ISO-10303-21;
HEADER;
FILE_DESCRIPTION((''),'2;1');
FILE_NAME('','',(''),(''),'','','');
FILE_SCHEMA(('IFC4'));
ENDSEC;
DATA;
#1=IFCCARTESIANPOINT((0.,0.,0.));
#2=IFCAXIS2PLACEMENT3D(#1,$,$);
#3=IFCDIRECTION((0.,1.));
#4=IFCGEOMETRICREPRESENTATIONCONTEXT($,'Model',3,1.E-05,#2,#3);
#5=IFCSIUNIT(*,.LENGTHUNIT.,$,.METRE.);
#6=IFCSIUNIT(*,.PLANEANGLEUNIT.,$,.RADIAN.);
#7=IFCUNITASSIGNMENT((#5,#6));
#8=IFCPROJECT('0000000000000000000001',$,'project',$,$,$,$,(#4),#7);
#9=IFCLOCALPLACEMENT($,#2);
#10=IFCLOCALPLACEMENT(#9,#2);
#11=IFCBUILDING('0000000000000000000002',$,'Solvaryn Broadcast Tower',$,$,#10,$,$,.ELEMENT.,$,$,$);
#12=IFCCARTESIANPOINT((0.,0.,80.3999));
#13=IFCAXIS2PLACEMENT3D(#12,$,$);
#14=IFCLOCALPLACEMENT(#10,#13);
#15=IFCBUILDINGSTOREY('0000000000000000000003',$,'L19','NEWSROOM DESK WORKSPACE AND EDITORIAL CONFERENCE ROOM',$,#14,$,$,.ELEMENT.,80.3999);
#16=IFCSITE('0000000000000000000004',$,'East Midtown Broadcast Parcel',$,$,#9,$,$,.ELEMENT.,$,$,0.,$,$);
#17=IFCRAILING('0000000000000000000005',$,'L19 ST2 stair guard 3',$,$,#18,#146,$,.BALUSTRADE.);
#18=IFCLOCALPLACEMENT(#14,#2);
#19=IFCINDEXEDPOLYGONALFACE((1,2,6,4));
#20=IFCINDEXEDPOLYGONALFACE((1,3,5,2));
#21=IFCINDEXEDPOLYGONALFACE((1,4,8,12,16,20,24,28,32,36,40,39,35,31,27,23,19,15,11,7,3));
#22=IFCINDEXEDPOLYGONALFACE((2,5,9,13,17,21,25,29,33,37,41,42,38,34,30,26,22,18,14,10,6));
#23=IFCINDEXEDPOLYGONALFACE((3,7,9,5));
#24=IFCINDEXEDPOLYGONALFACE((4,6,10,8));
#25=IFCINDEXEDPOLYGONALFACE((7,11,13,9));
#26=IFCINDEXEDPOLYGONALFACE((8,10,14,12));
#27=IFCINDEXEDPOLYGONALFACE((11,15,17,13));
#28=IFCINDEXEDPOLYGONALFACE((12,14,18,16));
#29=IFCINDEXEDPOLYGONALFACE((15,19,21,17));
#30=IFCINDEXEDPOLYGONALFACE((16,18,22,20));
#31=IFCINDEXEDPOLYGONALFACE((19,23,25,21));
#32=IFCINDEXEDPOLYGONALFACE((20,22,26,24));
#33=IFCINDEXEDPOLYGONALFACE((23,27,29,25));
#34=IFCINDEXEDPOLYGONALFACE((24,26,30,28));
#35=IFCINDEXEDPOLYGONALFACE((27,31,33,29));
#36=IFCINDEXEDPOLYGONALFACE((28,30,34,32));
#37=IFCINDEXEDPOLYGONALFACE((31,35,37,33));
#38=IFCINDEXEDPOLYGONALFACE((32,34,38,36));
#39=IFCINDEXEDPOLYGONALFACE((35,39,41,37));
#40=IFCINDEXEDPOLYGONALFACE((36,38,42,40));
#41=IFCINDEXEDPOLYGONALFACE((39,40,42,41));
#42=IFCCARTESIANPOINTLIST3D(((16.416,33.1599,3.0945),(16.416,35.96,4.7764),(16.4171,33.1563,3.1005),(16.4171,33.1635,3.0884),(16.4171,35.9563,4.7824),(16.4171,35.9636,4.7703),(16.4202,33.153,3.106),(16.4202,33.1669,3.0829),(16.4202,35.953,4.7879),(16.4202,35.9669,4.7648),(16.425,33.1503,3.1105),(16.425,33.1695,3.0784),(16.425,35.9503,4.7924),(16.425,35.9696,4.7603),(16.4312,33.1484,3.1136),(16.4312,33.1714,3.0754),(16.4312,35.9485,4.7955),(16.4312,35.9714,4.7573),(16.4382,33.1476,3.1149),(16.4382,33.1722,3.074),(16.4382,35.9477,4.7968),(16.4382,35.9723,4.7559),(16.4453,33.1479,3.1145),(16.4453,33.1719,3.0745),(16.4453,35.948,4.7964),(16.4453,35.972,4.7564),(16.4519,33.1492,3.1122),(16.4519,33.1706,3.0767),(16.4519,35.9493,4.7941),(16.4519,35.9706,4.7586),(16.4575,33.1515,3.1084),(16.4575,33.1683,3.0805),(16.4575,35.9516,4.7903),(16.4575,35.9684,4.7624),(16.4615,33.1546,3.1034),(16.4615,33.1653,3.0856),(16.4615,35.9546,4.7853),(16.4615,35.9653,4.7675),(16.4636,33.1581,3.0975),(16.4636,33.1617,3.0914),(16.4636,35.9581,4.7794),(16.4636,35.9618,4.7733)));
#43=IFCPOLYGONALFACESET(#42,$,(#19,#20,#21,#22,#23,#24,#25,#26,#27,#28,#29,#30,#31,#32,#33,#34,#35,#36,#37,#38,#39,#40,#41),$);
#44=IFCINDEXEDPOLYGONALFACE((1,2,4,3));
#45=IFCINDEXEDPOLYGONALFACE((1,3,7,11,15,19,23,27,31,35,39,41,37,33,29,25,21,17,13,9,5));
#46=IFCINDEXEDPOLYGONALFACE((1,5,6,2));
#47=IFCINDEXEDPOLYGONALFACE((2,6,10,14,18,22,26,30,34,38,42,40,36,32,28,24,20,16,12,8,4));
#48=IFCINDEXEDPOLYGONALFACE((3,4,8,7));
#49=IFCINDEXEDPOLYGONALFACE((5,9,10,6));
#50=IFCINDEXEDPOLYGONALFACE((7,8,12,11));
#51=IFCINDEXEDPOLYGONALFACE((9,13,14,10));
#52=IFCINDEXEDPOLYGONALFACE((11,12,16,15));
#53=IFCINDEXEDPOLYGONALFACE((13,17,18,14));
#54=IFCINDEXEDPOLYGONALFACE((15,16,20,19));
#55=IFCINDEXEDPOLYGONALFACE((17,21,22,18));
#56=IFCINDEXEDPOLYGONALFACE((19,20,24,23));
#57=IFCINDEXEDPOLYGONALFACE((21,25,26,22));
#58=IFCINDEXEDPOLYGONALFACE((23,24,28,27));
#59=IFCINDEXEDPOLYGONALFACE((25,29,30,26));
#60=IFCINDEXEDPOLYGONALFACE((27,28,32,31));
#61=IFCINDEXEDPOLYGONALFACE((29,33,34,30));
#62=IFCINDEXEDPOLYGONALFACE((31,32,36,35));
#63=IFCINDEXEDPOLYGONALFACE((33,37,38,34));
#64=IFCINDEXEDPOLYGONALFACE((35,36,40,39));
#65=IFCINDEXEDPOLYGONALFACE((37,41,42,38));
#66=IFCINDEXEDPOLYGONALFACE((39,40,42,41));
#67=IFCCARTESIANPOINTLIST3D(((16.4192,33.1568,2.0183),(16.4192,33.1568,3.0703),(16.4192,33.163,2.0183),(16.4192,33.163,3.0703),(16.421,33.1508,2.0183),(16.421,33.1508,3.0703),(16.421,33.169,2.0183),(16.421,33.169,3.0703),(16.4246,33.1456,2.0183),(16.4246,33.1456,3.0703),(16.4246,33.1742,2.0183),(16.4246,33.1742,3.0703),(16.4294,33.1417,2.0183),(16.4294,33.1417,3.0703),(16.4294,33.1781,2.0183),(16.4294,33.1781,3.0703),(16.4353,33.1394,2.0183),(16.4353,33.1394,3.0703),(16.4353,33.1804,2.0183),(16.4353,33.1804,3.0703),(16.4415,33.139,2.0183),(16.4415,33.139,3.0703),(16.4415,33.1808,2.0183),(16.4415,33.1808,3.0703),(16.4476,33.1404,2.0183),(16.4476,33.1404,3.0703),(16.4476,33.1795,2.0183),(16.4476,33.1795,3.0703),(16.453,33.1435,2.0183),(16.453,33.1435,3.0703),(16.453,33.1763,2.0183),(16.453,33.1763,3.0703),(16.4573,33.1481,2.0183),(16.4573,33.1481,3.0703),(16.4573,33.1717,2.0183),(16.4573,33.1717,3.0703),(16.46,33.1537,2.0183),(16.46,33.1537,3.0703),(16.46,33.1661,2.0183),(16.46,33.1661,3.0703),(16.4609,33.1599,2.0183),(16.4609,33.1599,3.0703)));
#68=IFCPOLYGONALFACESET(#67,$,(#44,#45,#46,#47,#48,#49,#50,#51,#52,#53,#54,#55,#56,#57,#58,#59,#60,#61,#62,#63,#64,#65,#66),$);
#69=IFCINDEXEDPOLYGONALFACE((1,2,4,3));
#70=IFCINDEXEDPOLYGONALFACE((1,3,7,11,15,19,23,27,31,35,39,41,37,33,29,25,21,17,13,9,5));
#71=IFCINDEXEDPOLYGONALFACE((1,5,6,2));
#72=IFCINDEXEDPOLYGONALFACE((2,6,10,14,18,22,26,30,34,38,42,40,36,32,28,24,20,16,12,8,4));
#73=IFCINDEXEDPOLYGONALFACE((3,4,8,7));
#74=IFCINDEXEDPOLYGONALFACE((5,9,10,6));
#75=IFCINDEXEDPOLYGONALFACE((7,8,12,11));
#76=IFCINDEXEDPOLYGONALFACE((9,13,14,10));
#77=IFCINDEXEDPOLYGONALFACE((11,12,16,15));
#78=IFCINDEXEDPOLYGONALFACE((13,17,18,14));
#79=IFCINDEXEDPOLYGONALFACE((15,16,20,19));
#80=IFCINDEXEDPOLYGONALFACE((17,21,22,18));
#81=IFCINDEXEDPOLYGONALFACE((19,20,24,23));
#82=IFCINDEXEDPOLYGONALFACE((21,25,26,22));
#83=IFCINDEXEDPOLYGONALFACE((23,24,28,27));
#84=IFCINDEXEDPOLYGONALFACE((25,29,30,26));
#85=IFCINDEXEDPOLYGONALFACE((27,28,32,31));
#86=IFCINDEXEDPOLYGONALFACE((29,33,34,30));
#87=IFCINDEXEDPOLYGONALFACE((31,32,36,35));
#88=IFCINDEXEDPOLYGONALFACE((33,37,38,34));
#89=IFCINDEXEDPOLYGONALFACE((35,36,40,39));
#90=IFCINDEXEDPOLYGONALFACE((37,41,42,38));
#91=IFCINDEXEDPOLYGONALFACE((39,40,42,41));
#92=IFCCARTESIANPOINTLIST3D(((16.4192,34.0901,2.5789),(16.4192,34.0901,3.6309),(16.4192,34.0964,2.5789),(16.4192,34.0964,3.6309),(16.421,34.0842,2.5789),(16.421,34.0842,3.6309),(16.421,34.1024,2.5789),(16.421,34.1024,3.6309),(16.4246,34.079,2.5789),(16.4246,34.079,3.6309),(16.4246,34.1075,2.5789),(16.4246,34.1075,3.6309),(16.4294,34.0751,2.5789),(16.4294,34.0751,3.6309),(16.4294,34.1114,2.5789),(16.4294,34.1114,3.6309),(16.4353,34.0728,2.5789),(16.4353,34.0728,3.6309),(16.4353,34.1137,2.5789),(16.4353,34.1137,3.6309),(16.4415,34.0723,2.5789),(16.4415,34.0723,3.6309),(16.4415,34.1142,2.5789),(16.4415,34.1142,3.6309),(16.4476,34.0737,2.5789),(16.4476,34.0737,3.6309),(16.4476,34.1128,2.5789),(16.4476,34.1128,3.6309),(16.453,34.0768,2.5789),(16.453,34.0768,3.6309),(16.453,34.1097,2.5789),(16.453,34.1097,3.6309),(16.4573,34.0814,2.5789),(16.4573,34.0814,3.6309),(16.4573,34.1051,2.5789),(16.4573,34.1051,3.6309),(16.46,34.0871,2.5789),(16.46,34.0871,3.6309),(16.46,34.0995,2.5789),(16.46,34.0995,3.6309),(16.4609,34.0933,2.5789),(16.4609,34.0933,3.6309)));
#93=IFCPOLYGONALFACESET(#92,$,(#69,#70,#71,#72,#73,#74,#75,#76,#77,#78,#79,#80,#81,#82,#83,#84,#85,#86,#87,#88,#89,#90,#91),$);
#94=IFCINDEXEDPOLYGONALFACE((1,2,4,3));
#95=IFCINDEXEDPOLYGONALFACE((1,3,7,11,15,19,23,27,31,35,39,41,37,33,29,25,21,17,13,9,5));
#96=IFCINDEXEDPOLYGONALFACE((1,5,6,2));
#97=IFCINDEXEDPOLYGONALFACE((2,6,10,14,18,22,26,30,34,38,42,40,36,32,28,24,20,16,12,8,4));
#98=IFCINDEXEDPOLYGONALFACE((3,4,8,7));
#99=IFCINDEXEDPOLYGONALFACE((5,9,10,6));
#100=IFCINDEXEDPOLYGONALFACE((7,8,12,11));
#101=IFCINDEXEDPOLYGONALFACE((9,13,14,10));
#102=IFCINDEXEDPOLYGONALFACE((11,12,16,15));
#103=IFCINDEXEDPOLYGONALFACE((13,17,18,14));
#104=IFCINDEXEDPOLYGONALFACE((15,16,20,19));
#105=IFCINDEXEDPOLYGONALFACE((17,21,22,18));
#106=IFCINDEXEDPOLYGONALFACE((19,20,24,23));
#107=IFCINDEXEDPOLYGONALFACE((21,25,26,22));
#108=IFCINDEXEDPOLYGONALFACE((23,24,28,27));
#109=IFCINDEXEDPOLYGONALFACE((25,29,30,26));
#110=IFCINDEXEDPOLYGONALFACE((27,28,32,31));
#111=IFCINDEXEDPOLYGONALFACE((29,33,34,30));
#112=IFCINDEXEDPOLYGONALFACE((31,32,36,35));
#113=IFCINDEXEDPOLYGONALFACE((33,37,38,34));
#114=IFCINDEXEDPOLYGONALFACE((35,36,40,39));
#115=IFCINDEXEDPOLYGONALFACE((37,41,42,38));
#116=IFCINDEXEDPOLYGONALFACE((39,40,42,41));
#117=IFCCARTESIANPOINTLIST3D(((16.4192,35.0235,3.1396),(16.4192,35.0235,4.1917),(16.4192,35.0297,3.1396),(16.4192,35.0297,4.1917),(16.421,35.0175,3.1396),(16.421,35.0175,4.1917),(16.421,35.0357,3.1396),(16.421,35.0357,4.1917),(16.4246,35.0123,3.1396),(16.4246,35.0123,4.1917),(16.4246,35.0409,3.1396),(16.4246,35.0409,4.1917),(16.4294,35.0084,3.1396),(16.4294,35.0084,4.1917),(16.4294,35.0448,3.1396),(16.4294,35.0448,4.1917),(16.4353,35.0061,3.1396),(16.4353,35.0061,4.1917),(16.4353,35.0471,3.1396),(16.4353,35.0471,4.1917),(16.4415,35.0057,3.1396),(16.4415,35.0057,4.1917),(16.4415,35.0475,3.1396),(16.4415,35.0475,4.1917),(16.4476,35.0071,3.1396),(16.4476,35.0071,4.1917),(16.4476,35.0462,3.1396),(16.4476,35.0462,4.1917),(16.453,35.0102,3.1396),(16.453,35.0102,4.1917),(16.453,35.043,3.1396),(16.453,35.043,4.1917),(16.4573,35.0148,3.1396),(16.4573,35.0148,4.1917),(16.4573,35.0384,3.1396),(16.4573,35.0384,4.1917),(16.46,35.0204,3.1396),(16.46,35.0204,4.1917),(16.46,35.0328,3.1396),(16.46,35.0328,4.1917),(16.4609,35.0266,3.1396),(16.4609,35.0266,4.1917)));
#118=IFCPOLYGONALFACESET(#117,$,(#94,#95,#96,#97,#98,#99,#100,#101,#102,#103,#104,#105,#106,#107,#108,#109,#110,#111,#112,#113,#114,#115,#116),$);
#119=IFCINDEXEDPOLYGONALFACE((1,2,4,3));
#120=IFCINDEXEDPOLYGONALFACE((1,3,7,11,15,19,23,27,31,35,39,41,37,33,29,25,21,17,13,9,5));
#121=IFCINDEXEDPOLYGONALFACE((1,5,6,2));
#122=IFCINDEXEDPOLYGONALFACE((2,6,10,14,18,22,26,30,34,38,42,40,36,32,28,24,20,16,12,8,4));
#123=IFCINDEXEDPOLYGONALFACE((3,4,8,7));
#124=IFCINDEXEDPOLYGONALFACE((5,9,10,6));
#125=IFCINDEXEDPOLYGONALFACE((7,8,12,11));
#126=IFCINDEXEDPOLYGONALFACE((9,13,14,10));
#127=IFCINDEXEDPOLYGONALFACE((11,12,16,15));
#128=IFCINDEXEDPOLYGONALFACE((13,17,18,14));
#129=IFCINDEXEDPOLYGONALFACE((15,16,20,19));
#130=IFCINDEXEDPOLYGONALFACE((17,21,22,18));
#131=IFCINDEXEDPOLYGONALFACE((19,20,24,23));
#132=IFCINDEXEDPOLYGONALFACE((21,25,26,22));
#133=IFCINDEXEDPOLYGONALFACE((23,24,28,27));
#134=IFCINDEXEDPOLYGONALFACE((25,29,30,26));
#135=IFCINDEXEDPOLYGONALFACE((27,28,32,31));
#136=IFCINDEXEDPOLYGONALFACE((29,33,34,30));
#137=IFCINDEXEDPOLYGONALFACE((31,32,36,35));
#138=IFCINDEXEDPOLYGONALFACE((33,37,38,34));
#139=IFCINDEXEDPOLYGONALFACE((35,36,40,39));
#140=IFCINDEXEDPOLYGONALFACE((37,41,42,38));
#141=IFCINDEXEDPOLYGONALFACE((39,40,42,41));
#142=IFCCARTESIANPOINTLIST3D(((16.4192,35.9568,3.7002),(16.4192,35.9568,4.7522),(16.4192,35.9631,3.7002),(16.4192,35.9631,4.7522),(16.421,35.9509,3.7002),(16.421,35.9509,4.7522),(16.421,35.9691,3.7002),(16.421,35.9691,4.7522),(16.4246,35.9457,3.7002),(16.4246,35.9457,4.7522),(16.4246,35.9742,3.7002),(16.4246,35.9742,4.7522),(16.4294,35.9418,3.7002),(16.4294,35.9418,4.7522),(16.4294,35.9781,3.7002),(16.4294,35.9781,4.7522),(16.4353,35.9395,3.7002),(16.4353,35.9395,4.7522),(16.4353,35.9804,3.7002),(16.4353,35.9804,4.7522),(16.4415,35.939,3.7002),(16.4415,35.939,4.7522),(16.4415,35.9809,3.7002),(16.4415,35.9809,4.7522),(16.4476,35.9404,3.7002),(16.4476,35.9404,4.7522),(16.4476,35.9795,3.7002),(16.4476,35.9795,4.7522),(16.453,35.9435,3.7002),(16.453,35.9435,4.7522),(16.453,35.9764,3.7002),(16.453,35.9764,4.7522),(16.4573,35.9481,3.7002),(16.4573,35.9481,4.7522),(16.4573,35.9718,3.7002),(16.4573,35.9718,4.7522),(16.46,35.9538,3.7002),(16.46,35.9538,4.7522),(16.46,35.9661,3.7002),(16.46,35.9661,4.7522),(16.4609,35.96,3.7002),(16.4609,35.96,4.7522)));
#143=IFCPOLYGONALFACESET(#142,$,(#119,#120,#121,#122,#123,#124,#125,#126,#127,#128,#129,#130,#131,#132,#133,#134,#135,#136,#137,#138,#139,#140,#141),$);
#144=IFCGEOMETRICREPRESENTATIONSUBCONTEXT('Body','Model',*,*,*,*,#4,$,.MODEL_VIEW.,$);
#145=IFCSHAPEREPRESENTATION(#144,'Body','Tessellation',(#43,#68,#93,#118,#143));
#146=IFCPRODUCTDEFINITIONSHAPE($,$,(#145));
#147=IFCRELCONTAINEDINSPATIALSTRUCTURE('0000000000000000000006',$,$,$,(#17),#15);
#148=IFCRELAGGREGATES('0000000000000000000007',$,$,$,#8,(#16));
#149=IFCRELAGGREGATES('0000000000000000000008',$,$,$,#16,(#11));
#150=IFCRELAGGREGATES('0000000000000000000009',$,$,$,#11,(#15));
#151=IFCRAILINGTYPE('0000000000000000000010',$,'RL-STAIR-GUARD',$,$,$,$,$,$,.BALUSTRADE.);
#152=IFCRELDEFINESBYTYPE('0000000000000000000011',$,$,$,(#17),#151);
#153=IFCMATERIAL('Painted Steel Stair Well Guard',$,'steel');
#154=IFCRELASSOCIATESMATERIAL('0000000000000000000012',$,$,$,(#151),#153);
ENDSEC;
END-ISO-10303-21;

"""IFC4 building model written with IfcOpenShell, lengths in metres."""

from ifc_helpers import new_model, si_unit, direction, frame, origin, origin_2d, place, context, subcontext, project, spatial, circle, extrude, material, type_object, element, save


model = new_model("IFC4")

# Units and contexts
model_context = context("Model", 3, precision=1e-05, world=origin(), true_north=direction((0.0, 1.0)))
body_context = subcontext(model_context, "Body", "Model", "MODEL_VIEW")
ifc_project = project(units=[si_unit("LENGTHUNIT", "METRE"), si_unit("PLANEANGLEUNIT", "RADIAN")], contexts=[model_context])

# Site, building, storey
site_placement = place(None, origin())
site = spatial("IfcSite", under=ifc_project, at=site_placement, Name="East Midtown Broadcast Parcel", CompositionType="ELEMENT", RefElevation=0.0)
building_placement = place(site_placement, origin())
building = spatial("IfcBuilding", under=site, at=building_placement, Name="Solvaryn Broadcast Tower", CompositionType="ELEMENT")
storey_placement = place(building_placement, frame((0.0, 0.0, 80.3999)))
storey = spatial("IfcBuildingStorey", under=building, at=storey_placement, Name="L19", Description="NEWSROOM DESK WORKSPACE AND EDITORIAL CONFERENCE ROOM", CompositionType="ELEMENT", Elevation=80.3999)

# Railing
ifc_material_1 = material(Name="Painted Steel Stair Well Guard", Category="steel")
railing_type_1 = type_object("IfcRailingType", Name="RL-STAIR-GUARD", PredefinedType="BALUSTRADE", material=ifc_material_1)
railing_1_placement = place(storey_placement, frame((16.4399, 33.1599, 2.0183)))
element("IfcRailing", 1, at=railing_1_placement, inside=storey, type_object=railing_type_1, Name="L19 ST2 stair guard 3", PredefinedType="BALUSTRADE", context=body_context, shape_type="SweptSolid", body=[
    extrude(circle(Radius=0.0239, at=origin_2d()), frame((0.0, 0.0, 1.0762), z_axis=(0.0, 0.857242, 0.514913), x_axis=(-1.0, 0.0, 0.0)), (0.0, 0.0, 1.0), 3.2664),
    extrude(circle(Radius=0.021, at=origin_2d()), origin(), (0.0, 0.0, 1.0), 1.052),
    extrude(circle(Radius=0.021, at=origin_2d()), frame((0.0, 0.9333, 0.5605)), (0.0, 0.0, 1.0), 1.052),
    extrude(circle(Radius=0.021, at=origin_2d()), frame((0.0, 1.8667, 1.1213)), (0.0, 0.0, 1.0), 1.052),
    extrude(circle(Radius=0.021, at=origin_2d()), frame((0.0, 2.8, 1.6819)), (0.0, 0.0, 1.0), 1.052),
])

save(model, "model.ifc")
